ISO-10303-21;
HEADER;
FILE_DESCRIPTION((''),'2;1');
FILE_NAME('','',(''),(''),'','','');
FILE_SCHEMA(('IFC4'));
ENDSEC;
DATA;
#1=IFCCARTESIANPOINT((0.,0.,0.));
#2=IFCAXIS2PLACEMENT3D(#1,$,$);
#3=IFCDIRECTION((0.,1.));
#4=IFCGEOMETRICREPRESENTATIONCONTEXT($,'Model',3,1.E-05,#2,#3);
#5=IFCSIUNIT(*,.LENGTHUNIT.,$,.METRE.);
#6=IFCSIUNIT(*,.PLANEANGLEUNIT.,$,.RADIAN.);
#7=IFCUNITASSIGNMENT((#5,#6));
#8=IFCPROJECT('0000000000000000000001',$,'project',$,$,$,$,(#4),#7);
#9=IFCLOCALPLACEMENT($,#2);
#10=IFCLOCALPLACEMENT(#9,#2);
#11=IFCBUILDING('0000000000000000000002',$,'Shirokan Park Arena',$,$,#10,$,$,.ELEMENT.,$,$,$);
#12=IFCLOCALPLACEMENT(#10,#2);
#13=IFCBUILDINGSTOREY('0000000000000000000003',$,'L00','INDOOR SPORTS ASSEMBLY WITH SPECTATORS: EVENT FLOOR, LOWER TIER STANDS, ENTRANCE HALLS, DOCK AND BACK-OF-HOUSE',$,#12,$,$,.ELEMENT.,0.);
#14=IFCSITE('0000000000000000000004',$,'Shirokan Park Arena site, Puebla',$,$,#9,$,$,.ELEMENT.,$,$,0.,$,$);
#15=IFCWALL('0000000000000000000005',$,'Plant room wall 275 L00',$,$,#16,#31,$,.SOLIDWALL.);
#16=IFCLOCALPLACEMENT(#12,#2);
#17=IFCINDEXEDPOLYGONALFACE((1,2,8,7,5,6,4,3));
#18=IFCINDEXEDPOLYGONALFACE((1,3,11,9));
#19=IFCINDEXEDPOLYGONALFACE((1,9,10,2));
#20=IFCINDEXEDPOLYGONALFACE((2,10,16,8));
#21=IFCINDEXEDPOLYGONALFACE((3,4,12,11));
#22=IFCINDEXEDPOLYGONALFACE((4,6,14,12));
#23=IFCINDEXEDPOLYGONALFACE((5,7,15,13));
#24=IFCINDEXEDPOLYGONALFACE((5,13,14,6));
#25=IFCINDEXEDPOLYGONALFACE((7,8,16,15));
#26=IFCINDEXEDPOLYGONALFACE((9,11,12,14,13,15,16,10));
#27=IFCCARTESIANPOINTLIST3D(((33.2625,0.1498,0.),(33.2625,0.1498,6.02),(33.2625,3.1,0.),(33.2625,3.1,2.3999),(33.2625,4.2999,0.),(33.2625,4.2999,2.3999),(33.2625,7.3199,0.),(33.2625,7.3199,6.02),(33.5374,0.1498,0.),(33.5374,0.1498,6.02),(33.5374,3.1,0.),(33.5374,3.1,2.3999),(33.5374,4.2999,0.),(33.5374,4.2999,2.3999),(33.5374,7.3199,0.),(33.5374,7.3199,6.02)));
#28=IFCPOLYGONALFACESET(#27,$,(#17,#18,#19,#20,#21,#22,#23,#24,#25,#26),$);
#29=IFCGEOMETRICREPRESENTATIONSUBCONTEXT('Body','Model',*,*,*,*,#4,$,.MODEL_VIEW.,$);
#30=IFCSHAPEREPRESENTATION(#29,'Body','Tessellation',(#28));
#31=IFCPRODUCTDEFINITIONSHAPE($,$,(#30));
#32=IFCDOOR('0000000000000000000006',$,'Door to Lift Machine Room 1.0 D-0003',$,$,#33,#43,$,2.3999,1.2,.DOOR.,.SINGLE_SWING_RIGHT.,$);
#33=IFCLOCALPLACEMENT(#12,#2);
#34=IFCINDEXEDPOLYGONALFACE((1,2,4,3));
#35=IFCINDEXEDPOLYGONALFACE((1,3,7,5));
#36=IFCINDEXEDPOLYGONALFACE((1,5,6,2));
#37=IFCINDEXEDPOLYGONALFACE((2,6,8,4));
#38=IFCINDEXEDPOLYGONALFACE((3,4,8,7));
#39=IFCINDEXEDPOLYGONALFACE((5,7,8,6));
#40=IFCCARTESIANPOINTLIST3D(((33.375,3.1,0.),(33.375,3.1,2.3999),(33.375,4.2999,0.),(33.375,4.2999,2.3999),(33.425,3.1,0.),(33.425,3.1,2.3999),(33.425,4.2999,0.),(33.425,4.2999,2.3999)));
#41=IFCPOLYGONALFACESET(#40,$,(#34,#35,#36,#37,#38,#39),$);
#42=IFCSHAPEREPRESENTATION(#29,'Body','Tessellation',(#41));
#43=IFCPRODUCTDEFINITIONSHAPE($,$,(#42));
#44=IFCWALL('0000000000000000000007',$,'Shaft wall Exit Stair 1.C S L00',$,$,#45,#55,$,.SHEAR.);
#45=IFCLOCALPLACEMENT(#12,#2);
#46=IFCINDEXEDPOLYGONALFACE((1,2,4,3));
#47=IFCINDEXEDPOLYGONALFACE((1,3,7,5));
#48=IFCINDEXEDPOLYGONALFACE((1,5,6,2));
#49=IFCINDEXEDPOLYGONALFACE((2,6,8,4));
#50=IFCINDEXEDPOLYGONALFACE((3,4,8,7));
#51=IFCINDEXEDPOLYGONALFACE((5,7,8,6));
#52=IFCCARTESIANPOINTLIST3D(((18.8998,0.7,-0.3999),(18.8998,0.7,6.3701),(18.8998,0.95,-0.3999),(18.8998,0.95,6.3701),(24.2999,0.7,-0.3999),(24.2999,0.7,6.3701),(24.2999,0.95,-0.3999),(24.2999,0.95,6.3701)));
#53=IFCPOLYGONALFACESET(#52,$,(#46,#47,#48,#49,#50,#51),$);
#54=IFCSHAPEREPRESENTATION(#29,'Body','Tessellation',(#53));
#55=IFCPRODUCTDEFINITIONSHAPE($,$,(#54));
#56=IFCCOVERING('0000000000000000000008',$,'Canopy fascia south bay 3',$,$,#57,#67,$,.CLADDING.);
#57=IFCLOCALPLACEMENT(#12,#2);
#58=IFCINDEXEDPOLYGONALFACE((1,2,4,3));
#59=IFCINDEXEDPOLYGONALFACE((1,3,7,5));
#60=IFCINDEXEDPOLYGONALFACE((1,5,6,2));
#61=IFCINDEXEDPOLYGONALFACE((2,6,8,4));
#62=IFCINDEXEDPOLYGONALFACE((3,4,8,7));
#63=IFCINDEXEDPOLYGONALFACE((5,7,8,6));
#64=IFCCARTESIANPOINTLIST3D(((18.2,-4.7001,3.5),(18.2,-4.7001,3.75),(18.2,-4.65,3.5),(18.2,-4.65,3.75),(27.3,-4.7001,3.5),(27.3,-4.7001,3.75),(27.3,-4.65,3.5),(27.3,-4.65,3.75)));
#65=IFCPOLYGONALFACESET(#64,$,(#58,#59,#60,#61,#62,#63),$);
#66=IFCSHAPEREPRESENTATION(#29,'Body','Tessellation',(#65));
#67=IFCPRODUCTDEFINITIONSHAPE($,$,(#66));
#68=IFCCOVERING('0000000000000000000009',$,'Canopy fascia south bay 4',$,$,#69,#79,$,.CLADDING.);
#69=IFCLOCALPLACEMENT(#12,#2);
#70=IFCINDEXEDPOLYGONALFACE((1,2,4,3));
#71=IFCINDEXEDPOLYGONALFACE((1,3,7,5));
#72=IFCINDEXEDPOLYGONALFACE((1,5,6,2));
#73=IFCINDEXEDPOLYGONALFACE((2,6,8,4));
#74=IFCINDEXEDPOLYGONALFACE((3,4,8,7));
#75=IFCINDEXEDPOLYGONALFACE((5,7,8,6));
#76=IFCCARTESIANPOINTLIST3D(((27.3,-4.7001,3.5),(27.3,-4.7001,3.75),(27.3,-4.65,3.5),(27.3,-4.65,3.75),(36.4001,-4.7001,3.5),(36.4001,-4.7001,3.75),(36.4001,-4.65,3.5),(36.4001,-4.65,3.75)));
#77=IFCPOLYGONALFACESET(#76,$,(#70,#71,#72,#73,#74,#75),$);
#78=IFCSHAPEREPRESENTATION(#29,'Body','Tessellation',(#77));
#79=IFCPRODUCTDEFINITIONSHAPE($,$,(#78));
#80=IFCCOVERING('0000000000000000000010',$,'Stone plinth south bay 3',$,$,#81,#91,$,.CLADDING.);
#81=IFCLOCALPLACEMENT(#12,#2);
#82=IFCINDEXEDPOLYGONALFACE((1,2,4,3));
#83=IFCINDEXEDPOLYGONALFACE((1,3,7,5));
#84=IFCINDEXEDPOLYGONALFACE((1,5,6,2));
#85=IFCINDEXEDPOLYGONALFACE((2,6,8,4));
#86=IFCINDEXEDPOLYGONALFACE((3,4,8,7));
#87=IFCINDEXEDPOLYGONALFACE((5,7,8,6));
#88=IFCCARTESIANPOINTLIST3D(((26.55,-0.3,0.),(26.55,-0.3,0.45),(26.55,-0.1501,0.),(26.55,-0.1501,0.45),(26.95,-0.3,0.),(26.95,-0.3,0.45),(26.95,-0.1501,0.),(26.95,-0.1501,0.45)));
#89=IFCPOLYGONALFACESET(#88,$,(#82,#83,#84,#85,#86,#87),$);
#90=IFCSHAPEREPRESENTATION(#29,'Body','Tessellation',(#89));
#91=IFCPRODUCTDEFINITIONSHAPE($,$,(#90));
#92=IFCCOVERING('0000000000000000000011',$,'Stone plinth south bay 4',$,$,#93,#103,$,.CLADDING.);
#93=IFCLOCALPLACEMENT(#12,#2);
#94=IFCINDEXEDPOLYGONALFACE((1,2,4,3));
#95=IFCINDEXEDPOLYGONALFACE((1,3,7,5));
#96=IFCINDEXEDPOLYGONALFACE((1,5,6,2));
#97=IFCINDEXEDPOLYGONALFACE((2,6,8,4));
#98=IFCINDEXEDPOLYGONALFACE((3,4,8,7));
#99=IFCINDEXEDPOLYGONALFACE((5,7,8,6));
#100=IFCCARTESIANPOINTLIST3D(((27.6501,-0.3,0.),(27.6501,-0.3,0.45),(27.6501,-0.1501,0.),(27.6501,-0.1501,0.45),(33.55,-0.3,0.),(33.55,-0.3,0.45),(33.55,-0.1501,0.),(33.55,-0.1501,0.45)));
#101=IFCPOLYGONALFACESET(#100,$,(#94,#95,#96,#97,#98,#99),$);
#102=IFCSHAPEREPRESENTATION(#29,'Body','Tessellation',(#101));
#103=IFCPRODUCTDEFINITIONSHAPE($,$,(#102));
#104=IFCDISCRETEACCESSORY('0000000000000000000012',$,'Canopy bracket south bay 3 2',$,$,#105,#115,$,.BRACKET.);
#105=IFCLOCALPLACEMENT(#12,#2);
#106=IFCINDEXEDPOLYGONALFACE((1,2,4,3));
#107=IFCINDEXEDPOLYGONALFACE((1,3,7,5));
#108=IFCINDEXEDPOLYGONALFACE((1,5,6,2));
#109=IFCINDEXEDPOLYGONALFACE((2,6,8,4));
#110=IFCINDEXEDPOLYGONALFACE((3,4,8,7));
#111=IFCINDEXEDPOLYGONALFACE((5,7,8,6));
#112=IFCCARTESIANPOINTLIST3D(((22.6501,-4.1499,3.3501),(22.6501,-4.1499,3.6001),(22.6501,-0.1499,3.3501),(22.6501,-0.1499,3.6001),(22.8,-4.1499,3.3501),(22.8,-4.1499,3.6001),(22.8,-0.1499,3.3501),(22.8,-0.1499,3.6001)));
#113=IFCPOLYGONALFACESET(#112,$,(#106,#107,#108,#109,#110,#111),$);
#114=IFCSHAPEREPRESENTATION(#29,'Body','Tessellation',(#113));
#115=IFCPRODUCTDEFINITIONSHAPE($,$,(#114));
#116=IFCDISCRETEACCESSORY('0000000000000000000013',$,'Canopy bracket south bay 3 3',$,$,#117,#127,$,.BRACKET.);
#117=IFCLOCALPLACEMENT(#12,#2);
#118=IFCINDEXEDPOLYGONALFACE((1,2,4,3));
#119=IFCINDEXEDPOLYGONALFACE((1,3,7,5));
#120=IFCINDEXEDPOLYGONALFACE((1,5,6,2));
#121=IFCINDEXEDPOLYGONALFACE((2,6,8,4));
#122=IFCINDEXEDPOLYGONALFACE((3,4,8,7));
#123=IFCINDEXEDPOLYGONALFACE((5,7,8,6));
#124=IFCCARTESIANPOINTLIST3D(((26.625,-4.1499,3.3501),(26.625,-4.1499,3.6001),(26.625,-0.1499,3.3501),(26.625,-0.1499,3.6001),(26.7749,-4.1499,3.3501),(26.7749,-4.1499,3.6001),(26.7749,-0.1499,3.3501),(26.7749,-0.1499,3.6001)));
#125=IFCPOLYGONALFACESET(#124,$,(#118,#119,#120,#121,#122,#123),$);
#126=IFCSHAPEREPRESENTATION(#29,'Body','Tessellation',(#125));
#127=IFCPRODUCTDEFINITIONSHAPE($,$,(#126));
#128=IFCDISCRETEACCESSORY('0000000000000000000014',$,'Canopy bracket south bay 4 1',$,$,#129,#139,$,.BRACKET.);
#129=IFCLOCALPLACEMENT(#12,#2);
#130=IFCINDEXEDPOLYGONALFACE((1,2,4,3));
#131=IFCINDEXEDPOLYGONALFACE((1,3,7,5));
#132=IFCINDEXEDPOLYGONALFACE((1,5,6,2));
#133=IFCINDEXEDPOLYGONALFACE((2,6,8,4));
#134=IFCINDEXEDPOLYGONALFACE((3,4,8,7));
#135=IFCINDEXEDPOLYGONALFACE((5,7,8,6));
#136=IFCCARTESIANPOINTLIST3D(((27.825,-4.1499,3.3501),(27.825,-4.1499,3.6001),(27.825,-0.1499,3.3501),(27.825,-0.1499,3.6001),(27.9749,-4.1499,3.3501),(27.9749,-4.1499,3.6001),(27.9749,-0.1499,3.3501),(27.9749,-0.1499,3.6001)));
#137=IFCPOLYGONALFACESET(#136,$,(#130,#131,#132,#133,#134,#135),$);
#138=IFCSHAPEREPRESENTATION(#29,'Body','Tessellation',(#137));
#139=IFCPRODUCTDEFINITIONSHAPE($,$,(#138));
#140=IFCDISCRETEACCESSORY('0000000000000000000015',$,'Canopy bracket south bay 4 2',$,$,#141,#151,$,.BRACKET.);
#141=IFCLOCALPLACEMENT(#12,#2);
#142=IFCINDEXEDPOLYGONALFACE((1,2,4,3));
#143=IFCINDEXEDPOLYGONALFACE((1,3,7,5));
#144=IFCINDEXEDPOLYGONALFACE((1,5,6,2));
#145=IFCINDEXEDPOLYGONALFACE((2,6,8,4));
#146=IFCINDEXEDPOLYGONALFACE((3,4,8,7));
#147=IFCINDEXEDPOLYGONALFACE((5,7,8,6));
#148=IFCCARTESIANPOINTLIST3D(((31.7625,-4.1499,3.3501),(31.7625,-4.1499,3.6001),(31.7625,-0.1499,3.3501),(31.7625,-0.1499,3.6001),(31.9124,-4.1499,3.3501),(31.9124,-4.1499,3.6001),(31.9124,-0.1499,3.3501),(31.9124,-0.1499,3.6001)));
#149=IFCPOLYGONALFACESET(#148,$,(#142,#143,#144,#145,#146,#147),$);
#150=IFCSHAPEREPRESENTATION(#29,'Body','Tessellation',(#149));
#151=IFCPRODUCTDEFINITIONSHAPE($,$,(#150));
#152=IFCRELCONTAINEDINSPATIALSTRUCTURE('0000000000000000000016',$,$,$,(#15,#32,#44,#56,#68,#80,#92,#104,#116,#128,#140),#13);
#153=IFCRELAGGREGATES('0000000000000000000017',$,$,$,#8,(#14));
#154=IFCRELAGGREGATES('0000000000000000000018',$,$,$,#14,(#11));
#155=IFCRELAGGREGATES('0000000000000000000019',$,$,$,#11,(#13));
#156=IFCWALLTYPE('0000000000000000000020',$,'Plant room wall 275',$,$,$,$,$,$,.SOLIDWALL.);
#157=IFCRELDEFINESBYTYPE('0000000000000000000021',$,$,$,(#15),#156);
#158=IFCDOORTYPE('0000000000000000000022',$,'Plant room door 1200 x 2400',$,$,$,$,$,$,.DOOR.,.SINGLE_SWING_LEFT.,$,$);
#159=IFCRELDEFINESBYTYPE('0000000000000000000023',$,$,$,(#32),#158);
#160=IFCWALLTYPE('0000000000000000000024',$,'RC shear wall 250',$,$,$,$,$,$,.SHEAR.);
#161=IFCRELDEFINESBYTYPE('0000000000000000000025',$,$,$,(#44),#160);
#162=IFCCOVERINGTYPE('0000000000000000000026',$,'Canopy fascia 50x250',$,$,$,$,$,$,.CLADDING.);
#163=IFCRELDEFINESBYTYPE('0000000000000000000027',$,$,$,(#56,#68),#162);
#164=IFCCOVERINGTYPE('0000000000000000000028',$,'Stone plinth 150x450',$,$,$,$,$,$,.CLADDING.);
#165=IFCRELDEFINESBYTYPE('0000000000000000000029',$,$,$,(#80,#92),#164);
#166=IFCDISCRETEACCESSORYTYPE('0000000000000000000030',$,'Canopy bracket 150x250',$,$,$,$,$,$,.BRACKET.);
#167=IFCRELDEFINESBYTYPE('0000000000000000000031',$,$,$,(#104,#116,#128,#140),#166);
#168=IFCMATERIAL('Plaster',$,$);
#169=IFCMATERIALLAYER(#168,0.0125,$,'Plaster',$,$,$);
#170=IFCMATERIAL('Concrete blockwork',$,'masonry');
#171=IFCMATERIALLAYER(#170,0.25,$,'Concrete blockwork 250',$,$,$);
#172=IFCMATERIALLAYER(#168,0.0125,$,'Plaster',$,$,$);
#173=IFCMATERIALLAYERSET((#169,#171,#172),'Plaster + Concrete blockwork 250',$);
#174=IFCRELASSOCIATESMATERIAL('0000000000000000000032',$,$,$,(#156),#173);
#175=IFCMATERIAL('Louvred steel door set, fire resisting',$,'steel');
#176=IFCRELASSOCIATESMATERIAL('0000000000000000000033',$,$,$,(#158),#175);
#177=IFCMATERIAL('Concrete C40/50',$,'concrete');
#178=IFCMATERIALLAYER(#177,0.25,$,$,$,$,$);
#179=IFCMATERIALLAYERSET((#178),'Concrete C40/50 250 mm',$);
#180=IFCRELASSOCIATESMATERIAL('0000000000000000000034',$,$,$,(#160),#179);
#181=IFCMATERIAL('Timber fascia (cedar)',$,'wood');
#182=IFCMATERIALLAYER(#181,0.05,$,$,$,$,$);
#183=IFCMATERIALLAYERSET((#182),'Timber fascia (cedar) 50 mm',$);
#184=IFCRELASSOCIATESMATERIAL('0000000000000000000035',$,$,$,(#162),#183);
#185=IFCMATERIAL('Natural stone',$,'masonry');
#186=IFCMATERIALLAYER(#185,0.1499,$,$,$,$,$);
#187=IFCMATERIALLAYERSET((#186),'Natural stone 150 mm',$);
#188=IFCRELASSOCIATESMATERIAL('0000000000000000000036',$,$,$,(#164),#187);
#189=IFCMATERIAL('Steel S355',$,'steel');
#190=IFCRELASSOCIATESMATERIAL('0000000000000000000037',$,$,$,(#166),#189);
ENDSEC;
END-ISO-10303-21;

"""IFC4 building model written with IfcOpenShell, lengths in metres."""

from ifc_helpers import new_model, si_unit, direction, frame, frame_2d, origin, origin_2d, place, context, subcontext, project, spatial, rectangle, extrude, material, layer, layer_set, type_object, element, fill, save


model = new_model("IFC4")

# Units and contexts
model_context = context("Model", 3, precision=1e-05, world=origin(), true_north=direction((0.0, 1.0)))
body_context = subcontext(model_context, "Body", "Model", "MODEL_VIEW")
ifc_project = project(units=[si_unit("LENGTHUNIT", "METRE"), si_unit("PLANEANGLEUNIT", "RADIAN")], contexts=[model_context])

# Site, building, storey
site_placement = place(None, origin())
site = spatial("IfcSite", under=ifc_project, at=site_placement, Name="Shirokan Park Arena site, Puebla", CompositionType="ELEMENT", RefElevation=0.0)
building_placement = place(site_placement, origin())
building = spatial("IfcBuilding", under=site, at=building_placement, Name="Shirokan Park Arena", CompositionType="ELEMENT")
storey_placement = place(building_placement, origin())
storey = spatial("IfcBuildingStorey", under=building, at=storey_placement, Name="L00", Description="INDOOR SPORTS ASSEMBLY WITH SPECTATORS: EVENT FLOOR, LOWER TIER STANDS, ENTRANCE HALLS, DOCK AND BACK-OF-HOUSE", CompositionType="ELEMENT", Elevation=0.0)

# Shared definitions
ifc_material_1 = material(Name="Steel S355", Category="steel")

# Shared definitions
ifc_material_2 = material(Name="Plaster")
ifc_layer_1 = layer(ifc_material_2, 0.0125, Name="Plaster")
ifc_material_3 = material(Name="Concrete blockwork", Category="masonry")
ifc_layer_2 = layer(ifc_material_3, 0.25, Name="Concrete blockwork 250")
ifc_layer_3 = layer(ifc_material_2, 0.0125, Name="Plaster")
ifc_layer_set_1 = layer_set([ifc_layer_1, ifc_layer_2, ifc_layer_3], Name="Plaster + Concrete blockwork 250")
wall_type_1 = type_object("IfcWallType", Name="Plant room wall 275", PredefinedType="SOLIDWALL", material=ifc_layer_set_1)

# Wall, opening, door
wall_1_placement = place(storey_placement, frame((33.3999, 0.1499, 0.0), z_axis=(0.0, 0.0, 1.0), x_axis=(0.0, 1.0, 0.0)))
wall_1 = element("IfcWall", 1, at=wall_1_placement, inside=storey, type_object=wall_type_1, Name="Plant room wall 275 L00", PredefinedType="SOLIDWALL", context=body_context, shape_type="SweptSolid", body=[
    extrude(rectangle(XDim=7.1702, YDim=0.2749, at=frame_2d((3.585, 0.0))), origin(), (0.0, 0.0, 1.0), 6.02),
])
opening_1_placement = place(wall_1_placement, frame((2.95, 0.0, 0.0)))
opening_1 = element("IfcOpeningElement", 2, at=opening_1_placement, cuts=wall_1, PredefinedType="OPENING", context=body_context, shape_type="SweptSolid", body=[
    extrude(rectangle(XDim=1.2, YDim=2.3999, at=frame_2d((0.6001, 1.2))), frame((0.0, 0.1475, 0.0), z_axis=(0.0, -1.0, 0.0), x_axis=(1.0, 0.0, 0.0)), (0.0, 0.0, 1.0), 0.2949),
])
ifc_material_4 = material(Name="Louvred steel door set, fire resisting", Category="steel")
door_type_1 = type_object("IfcDoorType", Name="Plant room door 1200 x 2400", OperationType="SINGLE_SWING_LEFT", PredefinedType="DOOR", material=ifc_material_4)
door_1_placement = place(opening_1_placement, origin())
door_1 = element("IfcDoor", 3, at=door_1_placement, inside=storey, type_object=door_type_1, Name="Door to Lift Machine Room 1.0 D-0003", OperationType="SINGLE_SWING_RIGHT", OverallHeight=2.3999, OverallWidth=1.2, PredefinedType="DOOR", context=body_context, shape_type="SweptSolid", body=[
    extrude(rectangle(XDim=1.2, YDim=2.3999, at=frame_2d((0.6001, 1.2))), frame((0.0, 0.0249, 0.0), z_axis=(0.0, -1.0, 0.0), x_axis=(1.0, 0.0, 0.0)), (0.0, 0.0, 1.0), 0.05),
])
fill(opening_1, door_1)

# Wall
ifc_material_5 = material(Name="Concrete C40/50", Category="concrete")
ifc_layer_4 = layer(ifc_material_5, 0.25)
ifc_layer_set_2 = layer_set([ifc_layer_4], Name="Concrete C40/50 250 mm")
wall_type_2 = type_object("IfcWallType", Name="RC shear wall 250", PredefinedType="SHEAR", material=ifc_layer_set_2)
wall_2_placement = place(storey_placement, frame((24.3, 0.825, -0.3999), z_axis=(0.0, 0.0, 1.0), x_axis=(-1.0, 0.0, 0.0)))
element("IfcWall", 4, at=wall_2_placement, inside=storey, type_object=wall_type_2, Name="Shaft wall Exit Stair 1.C S L00", PredefinedType="SHEAR", context=body_context, shape_type="SweptSolid", body=[
    extrude(rectangle(XDim=5.4001, YDim=0.25, at=frame_2d((2.7002, 0.0))), origin(), (0.0, 0.0, 1.0), 6.77),
])

# Coverings
ifc_material_6 = material(Name="Timber fascia (cedar)", Category="wood")
ifc_layer_5 = layer(ifc_material_6, 0.05)
ifc_layer_set_3 = layer_set([ifc_layer_5], Name="Timber fascia (cedar) 50 mm")
covering_type_1 = type_object("IfcCoveringType", Name="Canopy fascia 50x250", PredefinedType="CLADDING", material=ifc_layer_set_3)
for number, where, z_axis, x_axis, name in (
    (5, (22.75, -4.675, 3.5), (0.0, 0.0, 1.0), (1.0, 0.0, 0.0), "Canopy fascia south bay 3"),
    (6, (31.8501, -4.675, 3.5), (0.0, 0.0, 1.0), (1.0, 0.0, 0.0), "Canopy fascia south bay 4"),
):
    element("IfcCovering", number, at=place(storey_placement, frame(where, z_axis=z_axis, x_axis=x_axis)), inside=storey, type_object=covering_type_1, Name=name, PredefinedType="CLADDING", context=body_context, shape_type="SweptSolid", body=[
        extrude(rectangle(XDim=9.1001, YDim=0.05, at=origin_2d()), origin(), (0.0, 0.0, 1.0), 0.25),
    ])

# Coverings
ifc_material_7 = material(Name="Natural stone", Category="masonry")
ifc_layer_6 = layer(ifc_material_7, 0.1499)
ifc_layer_set_4 = layer_set([ifc_layer_6], Name="Natural stone 150 mm")
covering_type_2 = type_object("IfcCoveringType", Name="Stone plinth 150x450", PredefinedType="CLADDING", material=ifc_layer_set_4)
covering_1_placement = place(storey_placement, frame((26.75, -0.2251, 0.0), z_axis=(0.0, 0.0, 1.0), x_axis=(1.0, 0.0, 0.0)))
element("IfcCovering", 7, at=covering_1_placement, inside=storey, type_object=covering_type_2, Name="Stone plinth south bay 3", PredefinedType="CLADDING", context=body_context, shape_type="SweptSolid", body=[
    extrude(rectangle(XDim=0.3999, YDim=0.1499, at=origin_2d()), origin(), (0.0, 0.0, 1.0), 0.45),
])
covering_2_placement = place(storey_placement, frame((30.6001, -0.2251, 0.0), z_axis=(0.0, 0.0, 1.0), x_axis=(1.0, 0.0, 0.0)))
element("IfcCovering", 8, at=covering_2_placement, inside=storey, type_object=covering_type_2, Name="Stone plinth south bay 4", PredefinedType="CLADDING", context=body_context, shape_type="SweptSolid", body=[
    extrude(rectangle(XDim=5.8999, YDim=0.1499, at=origin_2d()), origin(), (0.0, 0.0, 1.0), 0.45),
])

# Discrete accessories
discrete_accessory_type = type_object("IfcDiscreteAccessoryType", Name="Canopy bracket 150x250", PredefinedType="BRACKET", material=ifc_material_1)
for number, where, z_axis, x_axis, name in (
    (9, (22.7251, -2.1499, 3.3501), (0.0, 0.0, 1.0), (1.0, 0.0, 0.0), "Canopy bracket south bay 3 2"),
    (10, (26.7, -2.1499, 3.3501), (0.0, 0.0, 1.0), (1.0, 0.0, 0.0), "Canopy bracket south bay 3 3"),
    (11, (27.8999, -2.1499, 3.3501), (0.0, 0.0, 1.0), (1.0, 0.0, 0.0), "Canopy bracket south bay 4 1"),
    (12, (31.8374, -2.1499, 3.3501), (0.0, 0.0, 1.0), (1.0, 0.0, 0.0), "Canopy bracket south bay 4 2"),
):
    element("IfcDiscreteAccessory", number, at=place(storey_placement, frame(where, z_axis=z_axis, x_axis=x_axis)), inside=storey, type_object=discrete_accessory_type, Name=name, PredefinedType="BRACKET", context=body_context, shape_type="SweptSolid", body=[
        extrude(rectangle(XDim=0.1499, YDim=4.0, at=origin_2d()), origin(), (0.0, 0.0, 1.0), 0.25),
    ])

save(model, "model.ifc")
